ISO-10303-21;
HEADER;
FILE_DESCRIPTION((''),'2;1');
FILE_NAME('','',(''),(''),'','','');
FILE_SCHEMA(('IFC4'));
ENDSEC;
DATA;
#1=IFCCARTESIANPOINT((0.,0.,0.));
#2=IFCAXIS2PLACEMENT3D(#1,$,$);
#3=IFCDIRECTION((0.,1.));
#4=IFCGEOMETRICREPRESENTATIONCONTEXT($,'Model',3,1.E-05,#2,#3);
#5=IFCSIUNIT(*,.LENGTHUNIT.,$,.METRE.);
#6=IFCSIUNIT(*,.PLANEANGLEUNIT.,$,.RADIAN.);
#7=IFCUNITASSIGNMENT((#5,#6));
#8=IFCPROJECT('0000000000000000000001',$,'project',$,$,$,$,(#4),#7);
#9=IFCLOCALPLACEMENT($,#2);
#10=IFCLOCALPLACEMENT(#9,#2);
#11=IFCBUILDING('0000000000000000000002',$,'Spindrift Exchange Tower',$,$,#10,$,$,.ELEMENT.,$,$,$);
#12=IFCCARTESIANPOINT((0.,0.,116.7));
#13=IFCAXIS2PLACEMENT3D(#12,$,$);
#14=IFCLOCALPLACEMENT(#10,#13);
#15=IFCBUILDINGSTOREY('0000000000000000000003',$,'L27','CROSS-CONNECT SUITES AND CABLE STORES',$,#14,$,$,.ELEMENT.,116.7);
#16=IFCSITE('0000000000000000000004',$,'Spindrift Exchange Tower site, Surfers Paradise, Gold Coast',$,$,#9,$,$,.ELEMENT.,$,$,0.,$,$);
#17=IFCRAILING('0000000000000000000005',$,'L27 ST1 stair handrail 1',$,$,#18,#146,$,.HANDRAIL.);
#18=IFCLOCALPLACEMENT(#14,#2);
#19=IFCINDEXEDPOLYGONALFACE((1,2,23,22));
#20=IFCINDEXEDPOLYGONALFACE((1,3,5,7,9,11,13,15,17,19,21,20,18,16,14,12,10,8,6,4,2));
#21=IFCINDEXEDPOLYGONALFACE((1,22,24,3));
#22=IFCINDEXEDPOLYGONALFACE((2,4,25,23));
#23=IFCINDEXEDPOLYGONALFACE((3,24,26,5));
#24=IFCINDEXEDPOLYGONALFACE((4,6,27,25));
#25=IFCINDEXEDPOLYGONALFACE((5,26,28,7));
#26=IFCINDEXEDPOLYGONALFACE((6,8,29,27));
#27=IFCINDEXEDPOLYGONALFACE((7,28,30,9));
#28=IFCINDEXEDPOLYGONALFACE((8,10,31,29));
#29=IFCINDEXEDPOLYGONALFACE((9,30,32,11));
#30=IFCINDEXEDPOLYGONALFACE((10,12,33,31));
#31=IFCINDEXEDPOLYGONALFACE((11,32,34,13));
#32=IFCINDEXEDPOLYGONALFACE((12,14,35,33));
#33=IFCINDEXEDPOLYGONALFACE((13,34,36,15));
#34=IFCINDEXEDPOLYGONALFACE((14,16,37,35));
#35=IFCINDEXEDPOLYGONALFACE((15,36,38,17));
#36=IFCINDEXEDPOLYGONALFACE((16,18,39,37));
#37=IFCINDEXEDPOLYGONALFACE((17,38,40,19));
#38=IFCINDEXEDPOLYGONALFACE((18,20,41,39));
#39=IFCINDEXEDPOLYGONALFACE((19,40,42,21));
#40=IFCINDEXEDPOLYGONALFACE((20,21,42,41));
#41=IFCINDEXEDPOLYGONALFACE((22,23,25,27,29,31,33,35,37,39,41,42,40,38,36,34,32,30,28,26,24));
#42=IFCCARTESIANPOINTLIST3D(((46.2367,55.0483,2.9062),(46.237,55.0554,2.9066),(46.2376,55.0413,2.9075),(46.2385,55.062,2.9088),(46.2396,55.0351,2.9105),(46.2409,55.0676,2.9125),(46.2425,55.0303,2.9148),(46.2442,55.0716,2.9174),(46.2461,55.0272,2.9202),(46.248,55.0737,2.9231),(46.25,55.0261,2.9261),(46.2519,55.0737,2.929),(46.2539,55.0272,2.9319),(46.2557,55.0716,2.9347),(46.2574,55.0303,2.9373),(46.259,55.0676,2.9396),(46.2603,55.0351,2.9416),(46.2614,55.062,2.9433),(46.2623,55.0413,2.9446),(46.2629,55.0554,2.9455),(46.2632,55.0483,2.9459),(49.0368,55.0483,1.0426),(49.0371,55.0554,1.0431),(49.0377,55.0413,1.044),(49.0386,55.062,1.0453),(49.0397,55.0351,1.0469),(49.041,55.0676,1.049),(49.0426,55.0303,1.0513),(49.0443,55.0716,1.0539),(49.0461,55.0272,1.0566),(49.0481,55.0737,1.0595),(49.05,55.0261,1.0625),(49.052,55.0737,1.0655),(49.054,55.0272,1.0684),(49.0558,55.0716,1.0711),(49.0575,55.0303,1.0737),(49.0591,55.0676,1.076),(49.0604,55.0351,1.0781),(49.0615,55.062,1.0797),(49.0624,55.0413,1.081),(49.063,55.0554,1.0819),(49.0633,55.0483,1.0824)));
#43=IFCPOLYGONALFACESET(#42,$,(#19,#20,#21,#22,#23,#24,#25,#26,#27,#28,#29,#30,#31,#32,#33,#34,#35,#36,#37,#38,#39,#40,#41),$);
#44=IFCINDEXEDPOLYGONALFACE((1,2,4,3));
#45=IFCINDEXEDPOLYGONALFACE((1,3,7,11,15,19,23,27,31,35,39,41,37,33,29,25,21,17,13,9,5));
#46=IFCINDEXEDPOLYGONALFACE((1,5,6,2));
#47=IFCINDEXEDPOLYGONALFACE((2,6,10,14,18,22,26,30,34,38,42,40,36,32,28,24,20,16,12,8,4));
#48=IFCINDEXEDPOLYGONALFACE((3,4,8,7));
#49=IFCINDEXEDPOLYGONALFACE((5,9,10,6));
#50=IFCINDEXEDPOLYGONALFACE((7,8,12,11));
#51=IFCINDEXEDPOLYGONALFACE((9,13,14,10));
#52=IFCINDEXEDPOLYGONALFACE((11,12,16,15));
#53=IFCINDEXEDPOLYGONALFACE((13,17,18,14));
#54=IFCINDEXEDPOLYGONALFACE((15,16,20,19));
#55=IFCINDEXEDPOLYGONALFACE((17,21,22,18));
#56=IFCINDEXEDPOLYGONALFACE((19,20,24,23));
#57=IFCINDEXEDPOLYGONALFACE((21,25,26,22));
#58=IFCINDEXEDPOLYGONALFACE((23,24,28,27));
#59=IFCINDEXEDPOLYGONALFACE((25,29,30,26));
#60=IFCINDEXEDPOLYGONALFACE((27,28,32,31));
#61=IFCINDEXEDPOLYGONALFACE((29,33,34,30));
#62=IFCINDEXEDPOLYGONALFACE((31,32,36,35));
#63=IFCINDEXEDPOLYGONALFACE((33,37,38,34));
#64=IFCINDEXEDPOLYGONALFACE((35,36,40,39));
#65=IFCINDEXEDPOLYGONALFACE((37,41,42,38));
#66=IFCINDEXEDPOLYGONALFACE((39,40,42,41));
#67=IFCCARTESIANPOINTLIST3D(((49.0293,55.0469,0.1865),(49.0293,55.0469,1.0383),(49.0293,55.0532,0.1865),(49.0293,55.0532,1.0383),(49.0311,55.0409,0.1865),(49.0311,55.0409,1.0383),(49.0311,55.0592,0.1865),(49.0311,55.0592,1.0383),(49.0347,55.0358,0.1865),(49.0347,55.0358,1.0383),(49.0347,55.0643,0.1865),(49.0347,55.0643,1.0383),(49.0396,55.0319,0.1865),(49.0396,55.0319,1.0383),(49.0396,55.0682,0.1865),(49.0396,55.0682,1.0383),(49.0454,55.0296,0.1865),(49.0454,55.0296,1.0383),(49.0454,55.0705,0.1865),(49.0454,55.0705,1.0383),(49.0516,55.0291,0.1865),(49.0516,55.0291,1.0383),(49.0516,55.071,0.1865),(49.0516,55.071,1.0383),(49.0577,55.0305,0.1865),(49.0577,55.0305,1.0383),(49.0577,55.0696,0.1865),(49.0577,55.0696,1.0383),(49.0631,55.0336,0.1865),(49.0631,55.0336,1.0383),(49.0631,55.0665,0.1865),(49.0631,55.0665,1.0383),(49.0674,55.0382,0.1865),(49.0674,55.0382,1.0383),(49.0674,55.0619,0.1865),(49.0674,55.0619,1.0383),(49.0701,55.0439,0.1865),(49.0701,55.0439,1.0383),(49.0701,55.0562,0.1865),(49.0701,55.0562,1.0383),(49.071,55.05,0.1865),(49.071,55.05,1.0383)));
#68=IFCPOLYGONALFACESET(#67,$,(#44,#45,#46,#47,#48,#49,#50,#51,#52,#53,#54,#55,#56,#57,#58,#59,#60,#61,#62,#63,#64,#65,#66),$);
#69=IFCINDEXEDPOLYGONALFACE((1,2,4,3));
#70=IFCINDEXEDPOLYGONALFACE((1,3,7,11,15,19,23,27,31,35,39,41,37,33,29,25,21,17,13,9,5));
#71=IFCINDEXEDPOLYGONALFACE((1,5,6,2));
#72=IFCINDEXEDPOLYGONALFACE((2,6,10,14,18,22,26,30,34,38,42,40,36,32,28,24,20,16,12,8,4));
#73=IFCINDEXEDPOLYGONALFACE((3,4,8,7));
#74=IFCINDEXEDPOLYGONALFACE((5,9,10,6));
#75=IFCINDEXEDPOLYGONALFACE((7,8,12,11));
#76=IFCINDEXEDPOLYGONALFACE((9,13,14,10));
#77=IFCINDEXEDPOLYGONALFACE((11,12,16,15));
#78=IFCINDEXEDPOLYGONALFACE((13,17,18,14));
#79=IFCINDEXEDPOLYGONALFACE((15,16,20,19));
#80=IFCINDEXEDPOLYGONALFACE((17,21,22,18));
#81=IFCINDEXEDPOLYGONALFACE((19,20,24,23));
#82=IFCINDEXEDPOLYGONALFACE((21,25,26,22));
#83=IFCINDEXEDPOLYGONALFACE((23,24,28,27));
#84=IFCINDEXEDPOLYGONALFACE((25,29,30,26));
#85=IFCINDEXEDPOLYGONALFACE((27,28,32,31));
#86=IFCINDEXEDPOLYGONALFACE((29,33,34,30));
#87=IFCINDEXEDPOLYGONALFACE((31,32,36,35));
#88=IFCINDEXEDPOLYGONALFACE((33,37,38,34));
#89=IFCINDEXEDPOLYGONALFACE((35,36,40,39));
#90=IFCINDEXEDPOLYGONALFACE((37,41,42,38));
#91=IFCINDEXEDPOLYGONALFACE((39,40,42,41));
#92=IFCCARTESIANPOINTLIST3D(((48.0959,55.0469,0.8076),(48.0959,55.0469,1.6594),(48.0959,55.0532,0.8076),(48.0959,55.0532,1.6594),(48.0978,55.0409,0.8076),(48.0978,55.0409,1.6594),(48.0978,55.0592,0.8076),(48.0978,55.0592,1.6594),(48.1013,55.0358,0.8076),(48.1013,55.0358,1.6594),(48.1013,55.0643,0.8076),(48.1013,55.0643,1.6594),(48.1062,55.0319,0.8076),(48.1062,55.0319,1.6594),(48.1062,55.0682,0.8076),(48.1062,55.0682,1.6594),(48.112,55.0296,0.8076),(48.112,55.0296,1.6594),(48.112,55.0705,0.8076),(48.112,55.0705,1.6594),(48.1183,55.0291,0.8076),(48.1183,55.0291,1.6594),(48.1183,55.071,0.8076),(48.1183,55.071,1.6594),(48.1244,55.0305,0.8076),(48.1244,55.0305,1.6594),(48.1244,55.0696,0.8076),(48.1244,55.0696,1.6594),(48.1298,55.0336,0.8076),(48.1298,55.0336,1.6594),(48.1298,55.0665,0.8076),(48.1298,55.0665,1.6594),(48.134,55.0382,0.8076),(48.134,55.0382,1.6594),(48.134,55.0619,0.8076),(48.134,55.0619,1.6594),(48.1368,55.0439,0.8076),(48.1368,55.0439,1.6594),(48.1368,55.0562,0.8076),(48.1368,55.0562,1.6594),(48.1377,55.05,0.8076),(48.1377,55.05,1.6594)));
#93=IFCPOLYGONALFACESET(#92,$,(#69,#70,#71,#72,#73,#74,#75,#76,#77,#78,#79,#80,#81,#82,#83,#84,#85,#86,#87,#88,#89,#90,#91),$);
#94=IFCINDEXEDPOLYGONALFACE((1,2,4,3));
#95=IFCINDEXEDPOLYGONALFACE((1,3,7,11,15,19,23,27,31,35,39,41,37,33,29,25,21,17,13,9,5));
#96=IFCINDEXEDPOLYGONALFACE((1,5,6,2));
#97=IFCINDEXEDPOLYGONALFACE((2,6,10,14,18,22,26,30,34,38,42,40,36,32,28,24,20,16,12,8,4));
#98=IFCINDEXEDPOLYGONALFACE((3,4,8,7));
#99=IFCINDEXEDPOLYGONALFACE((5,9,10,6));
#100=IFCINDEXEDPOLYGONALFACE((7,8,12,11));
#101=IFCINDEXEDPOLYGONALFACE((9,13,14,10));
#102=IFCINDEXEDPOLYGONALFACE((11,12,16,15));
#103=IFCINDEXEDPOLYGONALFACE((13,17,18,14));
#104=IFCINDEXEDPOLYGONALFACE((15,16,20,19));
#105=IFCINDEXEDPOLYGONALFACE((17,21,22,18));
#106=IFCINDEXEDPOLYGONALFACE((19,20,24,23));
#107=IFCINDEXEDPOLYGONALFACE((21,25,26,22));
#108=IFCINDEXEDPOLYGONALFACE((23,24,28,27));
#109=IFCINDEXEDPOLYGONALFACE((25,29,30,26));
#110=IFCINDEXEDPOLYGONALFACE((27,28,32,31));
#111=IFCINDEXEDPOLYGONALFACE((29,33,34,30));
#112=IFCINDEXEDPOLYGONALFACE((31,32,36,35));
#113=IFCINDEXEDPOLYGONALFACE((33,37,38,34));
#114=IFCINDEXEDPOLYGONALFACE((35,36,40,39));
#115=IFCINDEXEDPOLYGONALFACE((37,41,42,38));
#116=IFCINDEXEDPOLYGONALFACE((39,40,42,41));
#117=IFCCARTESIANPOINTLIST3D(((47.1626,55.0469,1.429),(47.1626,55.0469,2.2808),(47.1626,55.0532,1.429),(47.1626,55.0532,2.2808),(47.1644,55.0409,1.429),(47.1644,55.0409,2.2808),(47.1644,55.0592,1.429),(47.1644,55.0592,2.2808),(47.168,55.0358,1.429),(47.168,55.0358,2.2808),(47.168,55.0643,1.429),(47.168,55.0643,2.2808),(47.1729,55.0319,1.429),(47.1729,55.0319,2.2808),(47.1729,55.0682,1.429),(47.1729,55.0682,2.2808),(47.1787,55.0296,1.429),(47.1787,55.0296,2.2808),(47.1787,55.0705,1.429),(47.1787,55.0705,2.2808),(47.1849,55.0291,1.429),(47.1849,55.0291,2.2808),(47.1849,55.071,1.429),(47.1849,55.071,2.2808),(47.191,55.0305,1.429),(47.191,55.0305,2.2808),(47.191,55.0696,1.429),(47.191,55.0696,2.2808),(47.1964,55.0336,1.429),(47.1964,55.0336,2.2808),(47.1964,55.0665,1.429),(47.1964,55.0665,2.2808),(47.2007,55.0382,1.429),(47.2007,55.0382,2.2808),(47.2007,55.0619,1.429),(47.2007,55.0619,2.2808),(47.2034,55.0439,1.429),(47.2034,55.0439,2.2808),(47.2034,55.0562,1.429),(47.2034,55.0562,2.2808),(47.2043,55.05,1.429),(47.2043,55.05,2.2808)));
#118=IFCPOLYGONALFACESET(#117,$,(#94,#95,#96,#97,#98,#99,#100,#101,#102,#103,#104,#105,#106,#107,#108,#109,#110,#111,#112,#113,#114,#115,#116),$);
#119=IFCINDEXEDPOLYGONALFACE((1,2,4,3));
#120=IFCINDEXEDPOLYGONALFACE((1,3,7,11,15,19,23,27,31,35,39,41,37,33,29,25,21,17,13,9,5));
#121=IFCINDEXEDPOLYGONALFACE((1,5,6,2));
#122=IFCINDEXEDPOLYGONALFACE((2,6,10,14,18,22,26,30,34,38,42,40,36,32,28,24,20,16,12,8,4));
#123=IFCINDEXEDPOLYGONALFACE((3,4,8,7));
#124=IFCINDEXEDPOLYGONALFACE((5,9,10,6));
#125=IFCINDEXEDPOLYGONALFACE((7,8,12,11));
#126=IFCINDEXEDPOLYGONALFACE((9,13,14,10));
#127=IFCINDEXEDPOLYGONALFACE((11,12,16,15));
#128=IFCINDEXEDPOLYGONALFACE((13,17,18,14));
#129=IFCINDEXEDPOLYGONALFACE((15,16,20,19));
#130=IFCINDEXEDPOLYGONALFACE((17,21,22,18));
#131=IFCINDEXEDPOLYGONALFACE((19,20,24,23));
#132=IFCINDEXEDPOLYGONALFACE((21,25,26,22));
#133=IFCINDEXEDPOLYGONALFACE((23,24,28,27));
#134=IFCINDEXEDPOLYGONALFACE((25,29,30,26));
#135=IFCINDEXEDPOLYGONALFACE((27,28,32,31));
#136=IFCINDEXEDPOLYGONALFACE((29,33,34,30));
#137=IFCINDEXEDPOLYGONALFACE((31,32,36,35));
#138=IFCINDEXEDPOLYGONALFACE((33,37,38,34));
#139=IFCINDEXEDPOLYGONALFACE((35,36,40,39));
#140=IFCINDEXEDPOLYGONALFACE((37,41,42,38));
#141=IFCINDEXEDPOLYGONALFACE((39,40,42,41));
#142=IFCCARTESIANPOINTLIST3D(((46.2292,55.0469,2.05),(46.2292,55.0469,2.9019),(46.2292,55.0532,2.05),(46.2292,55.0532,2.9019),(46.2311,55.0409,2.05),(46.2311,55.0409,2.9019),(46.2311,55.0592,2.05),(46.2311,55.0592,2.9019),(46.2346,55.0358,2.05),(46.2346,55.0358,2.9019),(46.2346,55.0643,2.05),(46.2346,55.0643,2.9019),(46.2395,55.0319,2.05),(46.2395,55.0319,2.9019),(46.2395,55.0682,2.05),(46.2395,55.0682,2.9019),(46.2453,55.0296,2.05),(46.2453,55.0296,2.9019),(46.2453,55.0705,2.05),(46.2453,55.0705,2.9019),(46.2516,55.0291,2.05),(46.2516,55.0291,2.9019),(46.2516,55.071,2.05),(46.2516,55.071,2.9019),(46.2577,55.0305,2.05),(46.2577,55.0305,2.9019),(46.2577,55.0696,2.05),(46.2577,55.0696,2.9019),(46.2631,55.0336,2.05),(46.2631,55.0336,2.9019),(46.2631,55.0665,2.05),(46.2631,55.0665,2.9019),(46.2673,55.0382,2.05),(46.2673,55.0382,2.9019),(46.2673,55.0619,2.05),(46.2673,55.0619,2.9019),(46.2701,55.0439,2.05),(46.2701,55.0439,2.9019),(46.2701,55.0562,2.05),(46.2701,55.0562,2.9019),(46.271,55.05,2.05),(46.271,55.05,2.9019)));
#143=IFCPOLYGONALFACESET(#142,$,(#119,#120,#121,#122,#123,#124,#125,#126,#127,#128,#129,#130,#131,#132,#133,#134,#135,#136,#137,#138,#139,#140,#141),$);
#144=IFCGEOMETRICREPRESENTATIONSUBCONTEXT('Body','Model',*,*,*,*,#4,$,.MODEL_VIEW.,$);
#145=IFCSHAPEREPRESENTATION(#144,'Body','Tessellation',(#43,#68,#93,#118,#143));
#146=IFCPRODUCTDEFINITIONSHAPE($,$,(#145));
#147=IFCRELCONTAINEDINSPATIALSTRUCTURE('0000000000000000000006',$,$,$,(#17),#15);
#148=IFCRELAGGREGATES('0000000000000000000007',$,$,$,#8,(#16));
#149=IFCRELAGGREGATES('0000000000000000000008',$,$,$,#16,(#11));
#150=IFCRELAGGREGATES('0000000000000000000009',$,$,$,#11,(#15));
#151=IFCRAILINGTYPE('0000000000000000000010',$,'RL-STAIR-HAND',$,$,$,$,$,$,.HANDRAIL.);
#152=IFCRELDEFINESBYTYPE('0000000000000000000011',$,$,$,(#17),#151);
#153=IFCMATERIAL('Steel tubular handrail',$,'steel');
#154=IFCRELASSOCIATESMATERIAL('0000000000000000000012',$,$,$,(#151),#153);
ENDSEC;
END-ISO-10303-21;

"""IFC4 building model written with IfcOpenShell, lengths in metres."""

from ifc_helpers import new_model, si_unit, direction, frame, origin, origin_2d, place, context, subcontext, project, spatial, circle, extrude, material, type_object, element, save


model = new_model("IFC4")

# Units and contexts
model_context = context("Model", 3, precision=1e-05, world=origin(), true_north=direction((0.0, 1.0)))
body_context = subcontext(model_context, "Body", "Model", "MODEL_VIEW")
ifc_project = project(units=[si_unit("LENGTHUNIT", "METRE"), si_unit("PLANEANGLEUNIT", "RADIAN")], contexts=[model_context])

# Site, building, storey
site_placement = place(None, origin())
site = spatial("IfcSite", under=ifc_project, at=site_placement, Name="Spindrift Exchange Tower site, Surfers Paradise, Gold Coast", CompositionType="ELEMENT", RefElevation=0.0)
building_placement = place(site_placement, origin())
building = spatial("IfcBuilding", under=site, at=building_placement, Name="Spindrift Exchange Tower", CompositionType="ELEMENT")
storey_placement = place(building_placement, frame((0.0, 0.0, 116.7)))
storey = spatial("IfcBuildingStorey", under=building, at=storey_placement, Name="L27", Description="CROSS-CONNECT SUITES AND CABLE STORES", CompositionType="ELEMENT", Elevation=116.7)

# Railing
ifc_material_1 = material(Name="Steel tubular handrail", Category="steel")
railing_type_1 = type_object("IfcRailingType", Name="RL-STAIR-HAND", PredefinedType="HANDRAIL", material=ifc_material_1)
railing_1_placement = place(storey_placement, frame((49.05, 55.05, 0.1865)))
element("IfcRailing", 1, at=railing_1_placement, inside=storey, type_object=railing_type_1, Name="L27 ST1 stair handrail 1", PredefinedType="HANDRAIL", context=body_context, shape_type="SweptSolid", body=[
    extrude(circle(Radius=0.0239, at=origin_2d()), frame((0.0, 0.0, 0.876), z_axis=(-0.832486, 0.0, 0.554047), x_axis=(0.0, -1.0, 0.0)), (0.0, 0.0, 1.0), 3.3635),
    extrude(circle(Radius=0.021, at=origin_2d()), origin(), (0.0, 0.0, 1.0), 0.8518),
    extrude(circle(Radius=0.021, at=origin_2d()), frame((-0.9333, 0.0, 0.6211)), (0.0, 0.0, 1.0), 0.8518),
    extrude(circle(Radius=0.021, at=origin_2d()), frame((-1.8667, 0.0, 1.2424)), (0.0, 0.0, 1.0), 0.8518),
    extrude(circle(Radius=0.021, at=origin_2d()), frame((-2.8, 0.0, 1.8635)), (0.0, 0.0, 1.0), 0.8518),
])

save(model, "model.ifc")
